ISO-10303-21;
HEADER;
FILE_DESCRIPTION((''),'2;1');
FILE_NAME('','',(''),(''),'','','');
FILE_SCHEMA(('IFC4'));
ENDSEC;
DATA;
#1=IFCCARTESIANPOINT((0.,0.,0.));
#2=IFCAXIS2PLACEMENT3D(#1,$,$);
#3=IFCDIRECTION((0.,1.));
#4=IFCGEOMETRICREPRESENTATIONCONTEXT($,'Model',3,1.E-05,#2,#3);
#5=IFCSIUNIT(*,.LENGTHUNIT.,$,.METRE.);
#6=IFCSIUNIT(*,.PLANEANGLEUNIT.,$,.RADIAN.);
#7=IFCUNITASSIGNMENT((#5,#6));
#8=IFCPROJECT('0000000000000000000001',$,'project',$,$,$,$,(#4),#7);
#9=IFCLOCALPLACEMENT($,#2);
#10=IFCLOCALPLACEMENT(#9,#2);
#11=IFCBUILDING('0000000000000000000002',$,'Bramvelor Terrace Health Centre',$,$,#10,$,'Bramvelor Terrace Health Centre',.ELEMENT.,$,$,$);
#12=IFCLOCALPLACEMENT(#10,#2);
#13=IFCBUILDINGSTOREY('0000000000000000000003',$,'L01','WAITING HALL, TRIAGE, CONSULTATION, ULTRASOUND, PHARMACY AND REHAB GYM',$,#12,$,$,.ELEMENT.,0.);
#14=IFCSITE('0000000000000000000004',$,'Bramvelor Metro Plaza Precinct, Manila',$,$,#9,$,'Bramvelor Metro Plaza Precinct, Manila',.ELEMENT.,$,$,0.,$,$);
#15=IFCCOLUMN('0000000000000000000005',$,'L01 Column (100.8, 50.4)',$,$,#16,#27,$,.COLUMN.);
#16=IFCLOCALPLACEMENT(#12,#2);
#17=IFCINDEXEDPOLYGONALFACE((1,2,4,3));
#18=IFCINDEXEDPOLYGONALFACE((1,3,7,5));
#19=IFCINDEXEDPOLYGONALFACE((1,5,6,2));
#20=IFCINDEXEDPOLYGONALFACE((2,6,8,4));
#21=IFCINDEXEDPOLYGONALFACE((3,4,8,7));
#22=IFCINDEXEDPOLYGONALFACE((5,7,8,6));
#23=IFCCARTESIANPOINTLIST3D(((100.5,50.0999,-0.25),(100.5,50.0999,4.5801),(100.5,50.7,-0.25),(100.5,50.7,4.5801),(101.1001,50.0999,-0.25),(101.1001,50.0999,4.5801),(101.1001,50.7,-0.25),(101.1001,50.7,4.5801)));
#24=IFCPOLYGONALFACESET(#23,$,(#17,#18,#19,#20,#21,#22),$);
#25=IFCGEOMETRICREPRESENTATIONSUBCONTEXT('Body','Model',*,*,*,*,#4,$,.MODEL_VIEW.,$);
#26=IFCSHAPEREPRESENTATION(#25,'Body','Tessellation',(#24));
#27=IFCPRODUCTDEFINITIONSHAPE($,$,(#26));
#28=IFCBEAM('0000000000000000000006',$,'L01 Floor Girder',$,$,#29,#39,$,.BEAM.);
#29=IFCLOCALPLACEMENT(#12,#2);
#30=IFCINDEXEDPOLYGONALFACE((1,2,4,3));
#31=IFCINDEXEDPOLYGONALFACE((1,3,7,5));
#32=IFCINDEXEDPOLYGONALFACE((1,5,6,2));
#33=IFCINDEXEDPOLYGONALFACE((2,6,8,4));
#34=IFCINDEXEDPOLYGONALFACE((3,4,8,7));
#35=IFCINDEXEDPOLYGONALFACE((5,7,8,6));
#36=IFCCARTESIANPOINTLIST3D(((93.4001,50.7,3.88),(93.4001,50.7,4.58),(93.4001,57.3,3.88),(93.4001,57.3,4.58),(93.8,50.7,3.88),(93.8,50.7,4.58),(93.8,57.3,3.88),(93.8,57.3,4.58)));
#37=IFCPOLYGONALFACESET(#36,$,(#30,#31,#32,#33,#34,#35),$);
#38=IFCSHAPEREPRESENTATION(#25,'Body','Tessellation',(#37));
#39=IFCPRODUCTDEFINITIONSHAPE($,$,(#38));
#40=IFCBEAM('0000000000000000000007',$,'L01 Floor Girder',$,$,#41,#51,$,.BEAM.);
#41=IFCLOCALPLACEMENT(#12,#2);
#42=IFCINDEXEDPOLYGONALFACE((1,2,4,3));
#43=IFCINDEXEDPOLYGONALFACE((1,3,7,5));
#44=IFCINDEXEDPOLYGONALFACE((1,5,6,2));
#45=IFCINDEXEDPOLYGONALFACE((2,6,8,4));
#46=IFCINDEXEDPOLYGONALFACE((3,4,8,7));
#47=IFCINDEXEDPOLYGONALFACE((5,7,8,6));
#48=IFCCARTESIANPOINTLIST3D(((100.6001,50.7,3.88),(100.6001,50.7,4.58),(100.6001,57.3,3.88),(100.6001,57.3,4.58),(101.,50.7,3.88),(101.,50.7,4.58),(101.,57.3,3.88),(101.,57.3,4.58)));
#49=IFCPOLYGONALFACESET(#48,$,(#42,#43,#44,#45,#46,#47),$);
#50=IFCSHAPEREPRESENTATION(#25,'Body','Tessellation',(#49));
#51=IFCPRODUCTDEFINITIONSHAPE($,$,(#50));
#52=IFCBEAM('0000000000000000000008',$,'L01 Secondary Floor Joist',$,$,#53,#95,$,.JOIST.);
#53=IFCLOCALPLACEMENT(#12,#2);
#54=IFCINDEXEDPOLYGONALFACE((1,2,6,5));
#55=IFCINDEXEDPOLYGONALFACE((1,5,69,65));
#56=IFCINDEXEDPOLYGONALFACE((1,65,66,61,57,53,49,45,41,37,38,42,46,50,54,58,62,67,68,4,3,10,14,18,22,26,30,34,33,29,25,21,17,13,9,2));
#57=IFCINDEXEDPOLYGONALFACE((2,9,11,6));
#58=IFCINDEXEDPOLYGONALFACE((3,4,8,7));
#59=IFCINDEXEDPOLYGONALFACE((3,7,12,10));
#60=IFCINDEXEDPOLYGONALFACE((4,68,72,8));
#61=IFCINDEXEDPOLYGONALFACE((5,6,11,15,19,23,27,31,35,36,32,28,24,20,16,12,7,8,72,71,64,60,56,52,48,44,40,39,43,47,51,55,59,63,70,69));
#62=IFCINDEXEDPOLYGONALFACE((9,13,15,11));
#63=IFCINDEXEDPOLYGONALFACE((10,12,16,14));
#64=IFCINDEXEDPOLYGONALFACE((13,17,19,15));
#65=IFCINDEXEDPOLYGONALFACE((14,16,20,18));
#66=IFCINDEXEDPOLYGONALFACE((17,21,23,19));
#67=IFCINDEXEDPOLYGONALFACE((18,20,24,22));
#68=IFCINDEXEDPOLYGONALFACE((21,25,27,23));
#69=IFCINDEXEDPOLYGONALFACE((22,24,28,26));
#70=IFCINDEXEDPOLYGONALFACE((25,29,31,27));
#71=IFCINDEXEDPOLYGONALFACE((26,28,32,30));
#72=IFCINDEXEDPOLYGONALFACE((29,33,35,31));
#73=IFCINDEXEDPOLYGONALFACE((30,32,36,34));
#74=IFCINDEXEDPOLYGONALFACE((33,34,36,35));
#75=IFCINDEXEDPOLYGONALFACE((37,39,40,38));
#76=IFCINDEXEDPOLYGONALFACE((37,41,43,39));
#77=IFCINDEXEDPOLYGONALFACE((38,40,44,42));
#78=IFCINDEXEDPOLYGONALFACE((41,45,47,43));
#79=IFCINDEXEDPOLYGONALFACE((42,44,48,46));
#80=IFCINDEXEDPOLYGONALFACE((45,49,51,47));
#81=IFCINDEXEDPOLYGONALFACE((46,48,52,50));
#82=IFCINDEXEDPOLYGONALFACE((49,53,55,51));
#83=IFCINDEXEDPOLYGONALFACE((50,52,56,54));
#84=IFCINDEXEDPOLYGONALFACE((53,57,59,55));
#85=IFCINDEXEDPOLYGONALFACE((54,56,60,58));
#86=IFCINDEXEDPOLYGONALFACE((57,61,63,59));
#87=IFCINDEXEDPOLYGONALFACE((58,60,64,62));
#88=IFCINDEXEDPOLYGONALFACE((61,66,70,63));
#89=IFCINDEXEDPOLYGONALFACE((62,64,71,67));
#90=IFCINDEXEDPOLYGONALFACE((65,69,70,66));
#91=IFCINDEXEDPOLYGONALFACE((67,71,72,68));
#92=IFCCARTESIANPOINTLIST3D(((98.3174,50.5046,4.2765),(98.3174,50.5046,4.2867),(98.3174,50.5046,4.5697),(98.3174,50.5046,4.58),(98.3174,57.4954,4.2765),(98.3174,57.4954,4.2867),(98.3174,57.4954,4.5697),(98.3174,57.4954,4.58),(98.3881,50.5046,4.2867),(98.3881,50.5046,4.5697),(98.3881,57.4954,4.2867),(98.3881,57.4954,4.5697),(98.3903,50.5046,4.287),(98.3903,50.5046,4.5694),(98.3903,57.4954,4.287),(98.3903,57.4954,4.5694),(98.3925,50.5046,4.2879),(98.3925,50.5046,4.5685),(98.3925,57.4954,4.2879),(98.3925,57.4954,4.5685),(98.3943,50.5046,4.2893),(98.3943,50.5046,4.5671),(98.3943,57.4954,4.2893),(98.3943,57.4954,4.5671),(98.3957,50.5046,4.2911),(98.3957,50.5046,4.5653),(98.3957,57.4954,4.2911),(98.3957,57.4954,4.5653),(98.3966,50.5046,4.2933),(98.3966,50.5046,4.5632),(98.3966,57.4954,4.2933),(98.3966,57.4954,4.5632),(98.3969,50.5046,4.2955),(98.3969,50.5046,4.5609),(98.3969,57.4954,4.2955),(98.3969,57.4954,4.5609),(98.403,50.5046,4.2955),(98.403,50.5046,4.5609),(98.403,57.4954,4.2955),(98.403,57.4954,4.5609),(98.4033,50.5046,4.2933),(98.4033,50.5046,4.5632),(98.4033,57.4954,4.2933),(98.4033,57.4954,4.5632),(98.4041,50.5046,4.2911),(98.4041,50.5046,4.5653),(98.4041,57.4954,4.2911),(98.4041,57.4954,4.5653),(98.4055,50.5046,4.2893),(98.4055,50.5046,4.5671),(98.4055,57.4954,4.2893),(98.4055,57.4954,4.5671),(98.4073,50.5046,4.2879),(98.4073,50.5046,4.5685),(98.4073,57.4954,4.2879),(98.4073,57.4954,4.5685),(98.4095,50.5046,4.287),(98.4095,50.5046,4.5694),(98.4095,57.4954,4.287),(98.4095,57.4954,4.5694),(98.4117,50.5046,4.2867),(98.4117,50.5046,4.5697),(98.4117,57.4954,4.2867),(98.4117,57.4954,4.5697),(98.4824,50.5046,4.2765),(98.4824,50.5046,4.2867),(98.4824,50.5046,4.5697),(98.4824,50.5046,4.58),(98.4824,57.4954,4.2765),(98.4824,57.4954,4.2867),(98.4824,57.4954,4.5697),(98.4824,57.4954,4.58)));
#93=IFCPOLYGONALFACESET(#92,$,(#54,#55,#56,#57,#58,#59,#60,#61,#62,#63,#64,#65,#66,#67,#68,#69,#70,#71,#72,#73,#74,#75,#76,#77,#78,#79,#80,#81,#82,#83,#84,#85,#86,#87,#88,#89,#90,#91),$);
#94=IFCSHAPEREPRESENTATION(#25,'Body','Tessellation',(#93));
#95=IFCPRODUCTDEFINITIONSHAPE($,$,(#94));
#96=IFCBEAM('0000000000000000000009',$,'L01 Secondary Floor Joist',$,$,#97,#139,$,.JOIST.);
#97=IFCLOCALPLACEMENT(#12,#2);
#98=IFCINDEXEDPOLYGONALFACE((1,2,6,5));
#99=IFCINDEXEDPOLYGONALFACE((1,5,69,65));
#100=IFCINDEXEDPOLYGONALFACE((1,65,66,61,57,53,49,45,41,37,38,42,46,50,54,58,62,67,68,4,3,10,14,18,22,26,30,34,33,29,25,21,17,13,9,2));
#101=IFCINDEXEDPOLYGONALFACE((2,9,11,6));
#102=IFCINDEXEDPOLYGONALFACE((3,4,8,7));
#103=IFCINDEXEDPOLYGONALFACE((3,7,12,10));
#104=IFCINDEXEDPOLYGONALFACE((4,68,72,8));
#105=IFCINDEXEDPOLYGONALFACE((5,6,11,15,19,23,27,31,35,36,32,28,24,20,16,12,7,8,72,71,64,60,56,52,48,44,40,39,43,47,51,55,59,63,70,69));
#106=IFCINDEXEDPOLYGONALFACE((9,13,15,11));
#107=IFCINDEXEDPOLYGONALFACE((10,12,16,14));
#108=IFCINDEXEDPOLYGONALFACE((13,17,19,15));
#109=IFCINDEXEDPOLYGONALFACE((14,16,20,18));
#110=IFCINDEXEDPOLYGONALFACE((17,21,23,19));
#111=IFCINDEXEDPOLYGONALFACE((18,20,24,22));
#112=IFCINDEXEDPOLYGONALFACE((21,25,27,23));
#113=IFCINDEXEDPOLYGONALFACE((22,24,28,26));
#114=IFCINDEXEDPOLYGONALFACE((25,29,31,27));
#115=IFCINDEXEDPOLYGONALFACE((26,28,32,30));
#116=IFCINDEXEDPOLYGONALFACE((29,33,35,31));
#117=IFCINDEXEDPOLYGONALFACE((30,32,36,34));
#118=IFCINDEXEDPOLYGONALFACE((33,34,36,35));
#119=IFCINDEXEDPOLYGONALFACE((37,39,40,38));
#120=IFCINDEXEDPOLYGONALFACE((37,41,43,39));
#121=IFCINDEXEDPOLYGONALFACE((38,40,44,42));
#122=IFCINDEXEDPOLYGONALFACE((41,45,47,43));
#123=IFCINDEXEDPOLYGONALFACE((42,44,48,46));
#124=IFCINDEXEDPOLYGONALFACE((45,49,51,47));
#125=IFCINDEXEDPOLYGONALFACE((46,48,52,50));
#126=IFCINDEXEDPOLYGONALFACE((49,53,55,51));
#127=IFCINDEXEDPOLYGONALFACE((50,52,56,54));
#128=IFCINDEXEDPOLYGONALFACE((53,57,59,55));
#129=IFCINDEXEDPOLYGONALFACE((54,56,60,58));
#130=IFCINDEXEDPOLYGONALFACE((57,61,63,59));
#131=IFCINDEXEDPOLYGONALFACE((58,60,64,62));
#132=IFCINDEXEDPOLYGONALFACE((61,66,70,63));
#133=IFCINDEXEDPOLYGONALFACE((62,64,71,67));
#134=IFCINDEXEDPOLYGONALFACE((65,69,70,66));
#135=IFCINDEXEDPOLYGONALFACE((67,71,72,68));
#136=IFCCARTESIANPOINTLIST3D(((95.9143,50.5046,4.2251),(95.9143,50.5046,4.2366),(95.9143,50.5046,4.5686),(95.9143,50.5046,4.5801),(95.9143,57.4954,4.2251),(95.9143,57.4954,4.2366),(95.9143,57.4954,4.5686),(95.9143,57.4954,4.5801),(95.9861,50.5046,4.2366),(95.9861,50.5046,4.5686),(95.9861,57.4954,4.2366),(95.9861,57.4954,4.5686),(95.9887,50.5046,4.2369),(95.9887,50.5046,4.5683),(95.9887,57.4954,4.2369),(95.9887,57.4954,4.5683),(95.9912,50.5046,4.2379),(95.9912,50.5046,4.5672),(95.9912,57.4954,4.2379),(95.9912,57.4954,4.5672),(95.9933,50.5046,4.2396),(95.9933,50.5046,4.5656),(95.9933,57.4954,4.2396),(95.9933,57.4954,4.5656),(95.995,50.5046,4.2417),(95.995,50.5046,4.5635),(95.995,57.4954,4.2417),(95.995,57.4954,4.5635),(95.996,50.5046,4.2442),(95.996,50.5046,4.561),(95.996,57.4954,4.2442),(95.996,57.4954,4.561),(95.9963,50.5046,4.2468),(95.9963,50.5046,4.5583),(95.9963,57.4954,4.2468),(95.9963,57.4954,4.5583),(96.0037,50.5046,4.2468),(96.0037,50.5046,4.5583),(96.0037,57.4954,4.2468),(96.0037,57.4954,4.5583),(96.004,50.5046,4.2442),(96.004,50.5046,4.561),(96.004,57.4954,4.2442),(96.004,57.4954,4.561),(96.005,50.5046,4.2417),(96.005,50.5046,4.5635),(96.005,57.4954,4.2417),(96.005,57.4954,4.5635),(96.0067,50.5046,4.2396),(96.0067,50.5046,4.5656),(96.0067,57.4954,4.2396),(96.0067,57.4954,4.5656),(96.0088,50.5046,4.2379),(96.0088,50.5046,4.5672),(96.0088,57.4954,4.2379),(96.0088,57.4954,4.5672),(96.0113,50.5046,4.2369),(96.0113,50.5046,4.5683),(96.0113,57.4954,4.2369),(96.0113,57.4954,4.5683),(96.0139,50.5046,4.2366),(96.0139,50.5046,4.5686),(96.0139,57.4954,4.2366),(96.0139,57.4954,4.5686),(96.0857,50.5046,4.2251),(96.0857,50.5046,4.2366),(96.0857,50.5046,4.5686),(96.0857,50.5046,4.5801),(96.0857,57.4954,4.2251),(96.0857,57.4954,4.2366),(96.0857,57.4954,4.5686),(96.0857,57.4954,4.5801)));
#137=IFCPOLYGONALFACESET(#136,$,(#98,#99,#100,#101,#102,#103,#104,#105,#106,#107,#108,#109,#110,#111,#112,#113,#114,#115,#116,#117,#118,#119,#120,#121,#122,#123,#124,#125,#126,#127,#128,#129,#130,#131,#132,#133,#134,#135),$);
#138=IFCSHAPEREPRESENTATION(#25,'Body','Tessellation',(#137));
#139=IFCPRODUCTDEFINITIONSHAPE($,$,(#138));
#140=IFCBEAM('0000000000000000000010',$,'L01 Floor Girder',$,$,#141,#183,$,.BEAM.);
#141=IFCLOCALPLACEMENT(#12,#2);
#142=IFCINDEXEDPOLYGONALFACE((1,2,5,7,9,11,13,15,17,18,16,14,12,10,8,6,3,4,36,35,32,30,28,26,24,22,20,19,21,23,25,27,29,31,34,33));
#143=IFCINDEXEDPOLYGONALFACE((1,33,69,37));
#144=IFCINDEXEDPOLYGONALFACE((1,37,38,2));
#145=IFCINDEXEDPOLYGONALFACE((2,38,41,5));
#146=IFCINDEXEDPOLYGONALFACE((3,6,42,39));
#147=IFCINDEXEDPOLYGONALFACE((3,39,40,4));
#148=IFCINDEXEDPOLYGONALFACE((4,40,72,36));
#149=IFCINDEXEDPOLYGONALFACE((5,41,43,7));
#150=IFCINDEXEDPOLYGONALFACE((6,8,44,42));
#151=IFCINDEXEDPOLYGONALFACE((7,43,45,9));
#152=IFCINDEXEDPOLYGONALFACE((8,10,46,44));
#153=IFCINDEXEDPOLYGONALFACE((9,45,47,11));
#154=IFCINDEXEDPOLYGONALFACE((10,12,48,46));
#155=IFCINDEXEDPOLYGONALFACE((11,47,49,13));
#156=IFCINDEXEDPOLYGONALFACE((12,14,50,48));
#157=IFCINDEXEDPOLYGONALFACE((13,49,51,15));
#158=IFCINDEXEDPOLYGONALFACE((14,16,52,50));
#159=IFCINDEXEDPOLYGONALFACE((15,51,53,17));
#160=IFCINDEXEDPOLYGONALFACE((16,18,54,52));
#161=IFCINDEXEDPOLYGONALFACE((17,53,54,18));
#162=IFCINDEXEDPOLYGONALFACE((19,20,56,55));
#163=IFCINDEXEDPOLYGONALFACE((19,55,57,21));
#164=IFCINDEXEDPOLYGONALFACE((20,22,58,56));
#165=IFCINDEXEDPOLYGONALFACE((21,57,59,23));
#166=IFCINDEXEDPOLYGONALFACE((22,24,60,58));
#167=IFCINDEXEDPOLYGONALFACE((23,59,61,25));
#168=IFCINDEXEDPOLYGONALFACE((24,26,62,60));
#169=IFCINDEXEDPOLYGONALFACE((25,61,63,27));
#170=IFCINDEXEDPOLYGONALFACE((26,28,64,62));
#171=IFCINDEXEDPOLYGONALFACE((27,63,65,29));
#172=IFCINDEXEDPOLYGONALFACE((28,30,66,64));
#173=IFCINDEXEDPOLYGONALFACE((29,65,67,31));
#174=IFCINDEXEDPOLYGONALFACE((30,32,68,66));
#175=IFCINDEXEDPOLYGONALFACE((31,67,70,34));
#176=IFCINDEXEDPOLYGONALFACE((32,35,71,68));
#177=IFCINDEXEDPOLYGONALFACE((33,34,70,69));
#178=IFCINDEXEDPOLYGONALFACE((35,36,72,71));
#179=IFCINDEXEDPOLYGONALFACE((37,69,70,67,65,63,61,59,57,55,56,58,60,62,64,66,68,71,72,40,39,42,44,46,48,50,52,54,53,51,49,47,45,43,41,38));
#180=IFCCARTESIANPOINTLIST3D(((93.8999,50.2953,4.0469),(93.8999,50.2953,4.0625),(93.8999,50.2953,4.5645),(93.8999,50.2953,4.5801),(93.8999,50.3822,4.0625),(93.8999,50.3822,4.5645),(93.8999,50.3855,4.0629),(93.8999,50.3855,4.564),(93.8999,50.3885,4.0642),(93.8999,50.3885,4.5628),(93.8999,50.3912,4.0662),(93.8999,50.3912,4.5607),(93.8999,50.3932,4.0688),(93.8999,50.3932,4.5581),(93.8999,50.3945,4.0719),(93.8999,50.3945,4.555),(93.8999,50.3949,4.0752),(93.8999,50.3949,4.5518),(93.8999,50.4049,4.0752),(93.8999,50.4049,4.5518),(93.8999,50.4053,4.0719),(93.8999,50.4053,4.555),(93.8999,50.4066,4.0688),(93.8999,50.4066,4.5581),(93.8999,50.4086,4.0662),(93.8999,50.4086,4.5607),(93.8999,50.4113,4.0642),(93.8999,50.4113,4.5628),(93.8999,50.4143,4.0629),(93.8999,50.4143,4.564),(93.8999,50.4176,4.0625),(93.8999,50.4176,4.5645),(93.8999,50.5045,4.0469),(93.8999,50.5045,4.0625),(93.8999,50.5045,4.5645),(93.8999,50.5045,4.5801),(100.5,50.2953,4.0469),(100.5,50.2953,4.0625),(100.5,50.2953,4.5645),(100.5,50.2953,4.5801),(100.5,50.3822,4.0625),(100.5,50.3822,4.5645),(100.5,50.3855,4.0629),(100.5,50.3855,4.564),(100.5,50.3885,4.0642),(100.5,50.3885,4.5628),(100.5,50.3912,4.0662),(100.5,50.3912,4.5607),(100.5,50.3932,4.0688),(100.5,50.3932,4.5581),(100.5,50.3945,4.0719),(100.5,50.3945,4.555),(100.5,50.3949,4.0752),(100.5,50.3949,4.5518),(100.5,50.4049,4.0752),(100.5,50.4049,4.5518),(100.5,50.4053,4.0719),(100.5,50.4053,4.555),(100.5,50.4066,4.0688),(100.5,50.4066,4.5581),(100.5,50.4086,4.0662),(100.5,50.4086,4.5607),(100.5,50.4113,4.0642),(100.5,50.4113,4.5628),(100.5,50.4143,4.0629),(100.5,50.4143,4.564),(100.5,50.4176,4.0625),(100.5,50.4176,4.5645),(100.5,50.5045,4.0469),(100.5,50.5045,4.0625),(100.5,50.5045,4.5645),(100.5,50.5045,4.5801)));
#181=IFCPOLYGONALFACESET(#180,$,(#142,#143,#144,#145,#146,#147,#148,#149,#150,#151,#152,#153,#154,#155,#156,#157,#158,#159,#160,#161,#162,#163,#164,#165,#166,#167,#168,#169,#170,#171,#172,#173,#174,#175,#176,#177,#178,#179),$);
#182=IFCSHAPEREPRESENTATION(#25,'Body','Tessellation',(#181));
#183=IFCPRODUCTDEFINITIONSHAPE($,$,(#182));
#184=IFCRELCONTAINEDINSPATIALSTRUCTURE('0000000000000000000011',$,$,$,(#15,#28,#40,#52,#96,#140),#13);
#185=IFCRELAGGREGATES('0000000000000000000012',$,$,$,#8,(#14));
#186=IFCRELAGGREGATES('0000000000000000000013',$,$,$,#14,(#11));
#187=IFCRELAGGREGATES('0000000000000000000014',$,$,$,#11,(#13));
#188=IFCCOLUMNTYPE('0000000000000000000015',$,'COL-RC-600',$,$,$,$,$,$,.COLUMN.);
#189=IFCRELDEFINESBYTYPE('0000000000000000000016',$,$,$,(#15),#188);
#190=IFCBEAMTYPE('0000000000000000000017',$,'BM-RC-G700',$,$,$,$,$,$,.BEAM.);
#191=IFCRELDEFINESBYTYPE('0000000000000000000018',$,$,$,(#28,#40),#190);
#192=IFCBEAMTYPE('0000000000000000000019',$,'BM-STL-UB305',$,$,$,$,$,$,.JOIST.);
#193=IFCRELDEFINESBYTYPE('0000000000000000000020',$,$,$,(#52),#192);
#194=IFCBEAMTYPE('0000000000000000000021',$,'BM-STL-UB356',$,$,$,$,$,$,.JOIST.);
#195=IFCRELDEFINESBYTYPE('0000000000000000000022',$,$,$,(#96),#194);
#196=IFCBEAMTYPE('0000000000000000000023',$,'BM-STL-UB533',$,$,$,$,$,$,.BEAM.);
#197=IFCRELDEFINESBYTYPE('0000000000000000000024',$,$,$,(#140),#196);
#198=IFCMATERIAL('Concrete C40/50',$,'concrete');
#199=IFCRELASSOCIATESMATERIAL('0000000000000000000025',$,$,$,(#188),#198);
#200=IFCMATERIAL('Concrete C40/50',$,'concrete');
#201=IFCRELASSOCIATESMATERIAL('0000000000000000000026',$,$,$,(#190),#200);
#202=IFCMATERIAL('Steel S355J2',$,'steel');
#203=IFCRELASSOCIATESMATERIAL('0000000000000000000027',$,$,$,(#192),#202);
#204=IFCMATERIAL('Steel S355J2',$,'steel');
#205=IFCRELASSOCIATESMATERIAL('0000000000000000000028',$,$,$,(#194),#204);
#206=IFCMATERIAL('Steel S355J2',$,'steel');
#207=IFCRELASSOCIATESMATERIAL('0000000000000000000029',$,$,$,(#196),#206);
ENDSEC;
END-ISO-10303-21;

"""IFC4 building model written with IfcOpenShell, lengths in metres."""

from ifc_helpers import new_model, si_unit, direction, frame, origin, origin_2d, place, context, subcontext, project, spatial, rectangle, i_section, extrude, material, material_profile, profile_set, type_object, element, save


model = new_model("IFC4")

# Units and contexts
model_context = context("Model", 3, precision=1e-05, world=origin(), true_north=direction((0.0, 1.0)))
body_context = subcontext(model_context, "Body", "Model", "MODEL_VIEW")
ifc_project = project(units=[si_unit("LENGTHUNIT", "METRE"), si_unit("PLANEANGLEUNIT", "RADIAN")], contexts=[model_context])

# Site, building, storey
site_placement = place(None, origin())
site = spatial("IfcSite", under=ifc_project, at=site_placement, Name="Bramvelor Metro Plaza Precinct, Manila", LongName="Bramvelor Metro Plaza Precinct, Manila", CompositionType="ELEMENT", RefElevation=0.0)
building_placement = place(site_placement, origin())
building = spatial("IfcBuilding", under=site, at=building_placement, Name="Bramvelor Terrace Health Centre", LongName="Bramvelor Terrace Health Centre", CompositionType="ELEMENT")
storey_placement = place(building_placement, origin())
storey = spatial("IfcBuildingStorey", under=building, at=storey_placement, Name="L01", Description="WAITING HALL, TRIAGE, CONSULTATION, ULTRASOUND, PHARMACY AND REHAB GYM", CompositionType="ELEMENT", Elevation=0.0)

# Column
ifc_material_1 = material(Name="Concrete C40/50", Category="concrete")
ifc_material_profile_1 = material_profile(ifc_material_1, rectangle(XDim=0.6001, YDim=0.6001, at=origin_2d()), Name="RC 600x600")
ifc_profile_set_1 = profile_set([ifc_material_profile_1], Name="Concrete C40/50")
column_type = type_object("IfcColumnType", Name="COL-RC-600", PredefinedType="COLUMN", material=ifc_profile_set_1)
for number, where, z_axis, x_axis, name in (
    (1, (100.8, 50.3999, -0.25), (0.0, 0.0, 1.0), (1.0, 0.0, 0.0), "L01 Column (100.8, 50.4)"),
):
    element("IfcColumn", number, at=place(storey_placement, frame(where, z_axis=z_axis, x_axis=x_axis)), inside=storey, type_object=column_type, Name=name, PredefinedType="COLUMN", context=body_context, shape_type="SweptSolid", body=[
        extrude(rectangle(XDim=0.6001, YDim=0.6001, at=origin_2d()), origin(), (0.0, 0.0, 1.0), 4.8301),
    ])

# Beams
ifc_material_2 = material(Name="Concrete C40/50", Category="concrete")
ifc_material_profile_2 = material_profile(ifc_material_2, rectangle(XDim=0.3999, YDim=0.7, at=origin_2d()), Name="RC 400x700")
ifc_profile_set_2 = profile_set([ifc_material_profile_2], Name="Concrete C40/50")
beam_type_1 = type_object("IfcBeamType", Name="BM-RC-G700", PredefinedType="BEAM", material=ifc_profile_set_2)
for number, where, z_axis, x_axis, name in (
    (2, (93.6001, 50.7, 4.23), (0.0, 1.0, 0.0), (-1.0, 0.0, 0.0), "L01 Floor Girder"),
    (3, (100.8, 50.7, 4.23), (0.0, 1.0, 0.0), (-1.0, 0.0, 0.0), "L01 Floor Girder"),
):
    element("IfcBeam", number, at=place(storey_placement, frame(where, z_axis=z_axis, x_axis=x_axis)), inside=storey, type_object=beam_type_1, Name=name, PredefinedType="BEAM", context=body_context, shape_type="SweptSolid", body=[
        extrude(rectangle(XDim=0.3999, YDim=0.7, at=origin_2d()), origin(), (0.0, 0.0, 1.0), 6.6001),
    ])
ifc_material_3 = material(Name="Steel S355J2", Category="steel")
ifc_material_profile_3 = material_profile(ifc_material_3, i_section(OverallWidth=0.165, OverallDepth=0.3035, WebThickness=0.0061, FlangeThickness=0.0103, FilletRadius=0.0088, at=origin_2d()), Name="UB 305x165x40")
ifc_profile_set_3 = profile_set([ifc_material_profile_3], Name="Steel S355J2")
beam_type_2 = type_object("IfcBeamType", Name="BM-STL-UB305", PredefinedType="JOIST", material=ifc_profile_set_3)
beam_1_placement = place(storey_placement, frame((98.3999, 50.5046, 4.4282), z_axis=(0.0, 1.0, 0.0), x_axis=(-1.0, 0.0, 0.0)))
element("IfcBeam", 4, at=beam_1_placement, inside=storey, type_object=beam_type_2, Name="L01 Secondary Floor Joist", PredefinedType="JOIST", context=body_context, shape_type="SweptSolid", body=[
    extrude(i_section(OverallWidth=0.165, OverallDepth=0.3035, WebThickness=0.0061, FlangeThickness=0.0103, FilletRadius=0.0088, at=origin_2d()), origin(), (0.0, 0.0, 1.0), 6.9907),
])
ifc_material_4 = material(Name="Steel S355J2", Category="steel")
ifc_material_profile_4 = material_profile(ifc_material_4, i_section(OverallWidth=0.1714, OverallDepth=0.355, WebThickness=0.0073, FlangeThickness=0.0115, FilletRadius=0.0103, at=origin_2d()), Name="UB 356x171x51")
ifc_profile_set_4 = profile_set([ifc_material_profile_4], Name="Steel S355J2")
beam_type_3 = type_object("IfcBeamType", Name="BM-STL-UB356", PredefinedType="JOIST", material=ifc_profile_set_4)
beam_2_placement = place(storey_placement, frame((96.0, 50.5046, 4.4026), z_axis=(0.0, 1.0, 0.0), x_axis=(-1.0, 0.0, 0.0)))
element("IfcBeam", 5, at=beam_2_placement, inside=storey, type_object=beam_type_3, Name="L01 Secondary Floor Joist", PredefinedType="JOIST", context=body_context, shape_type="SweptSolid", body=[
    extrude(i_section(OverallWidth=0.1714, OverallDepth=0.355, WebThickness=0.0073, FlangeThickness=0.0115, FilletRadius=0.0103, at=origin_2d()), origin(), (0.0, 0.0, 1.0), 6.9907),
])
ifc_material_5 = material(Name="Steel S355J2", Category="steel")
ifc_material_profile_5 = material_profile(ifc_material_5, i_section(OverallWidth=0.2092, OverallDepth=0.5332, WebThickness=0.01, FlangeThickness=0.0156, FilletRadius=0.0127, at=origin_2d()), Name="UB 533x210x92")
ifc_profile_set_5 = profile_set([ifc_material_profile_5], Name="Steel S355J2")
beam_type_4 = type_object("IfcBeamType", Name="BM-STL-UB533", PredefinedType="BEAM", material=ifc_profile_set_5)
beam_3_placement = place(storey_placement, frame((93.8999, 50.3999, 4.3135), z_axis=(1.0, 0.0, 0.0), x_axis=(0.0, 1.0, 0.0)))
element("IfcBeam", 6, at=beam_3_placement, inside=storey, type_object=beam_type_4, Name="L01 Floor Girder", PredefinedType="BEAM", context=body_context, shape_type="SweptSolid", body=[
    extrude(i_section(OverallWidth=0.2092, OverallDepth=0.5332, WebThickness=0.01, FlangeThickness=0.0156, FilletRadius=0.0127, at=origin_2d()), origin(), (0.0, 0.0, 1.0), 6.6001),
])

save(model, "model.ifc")
